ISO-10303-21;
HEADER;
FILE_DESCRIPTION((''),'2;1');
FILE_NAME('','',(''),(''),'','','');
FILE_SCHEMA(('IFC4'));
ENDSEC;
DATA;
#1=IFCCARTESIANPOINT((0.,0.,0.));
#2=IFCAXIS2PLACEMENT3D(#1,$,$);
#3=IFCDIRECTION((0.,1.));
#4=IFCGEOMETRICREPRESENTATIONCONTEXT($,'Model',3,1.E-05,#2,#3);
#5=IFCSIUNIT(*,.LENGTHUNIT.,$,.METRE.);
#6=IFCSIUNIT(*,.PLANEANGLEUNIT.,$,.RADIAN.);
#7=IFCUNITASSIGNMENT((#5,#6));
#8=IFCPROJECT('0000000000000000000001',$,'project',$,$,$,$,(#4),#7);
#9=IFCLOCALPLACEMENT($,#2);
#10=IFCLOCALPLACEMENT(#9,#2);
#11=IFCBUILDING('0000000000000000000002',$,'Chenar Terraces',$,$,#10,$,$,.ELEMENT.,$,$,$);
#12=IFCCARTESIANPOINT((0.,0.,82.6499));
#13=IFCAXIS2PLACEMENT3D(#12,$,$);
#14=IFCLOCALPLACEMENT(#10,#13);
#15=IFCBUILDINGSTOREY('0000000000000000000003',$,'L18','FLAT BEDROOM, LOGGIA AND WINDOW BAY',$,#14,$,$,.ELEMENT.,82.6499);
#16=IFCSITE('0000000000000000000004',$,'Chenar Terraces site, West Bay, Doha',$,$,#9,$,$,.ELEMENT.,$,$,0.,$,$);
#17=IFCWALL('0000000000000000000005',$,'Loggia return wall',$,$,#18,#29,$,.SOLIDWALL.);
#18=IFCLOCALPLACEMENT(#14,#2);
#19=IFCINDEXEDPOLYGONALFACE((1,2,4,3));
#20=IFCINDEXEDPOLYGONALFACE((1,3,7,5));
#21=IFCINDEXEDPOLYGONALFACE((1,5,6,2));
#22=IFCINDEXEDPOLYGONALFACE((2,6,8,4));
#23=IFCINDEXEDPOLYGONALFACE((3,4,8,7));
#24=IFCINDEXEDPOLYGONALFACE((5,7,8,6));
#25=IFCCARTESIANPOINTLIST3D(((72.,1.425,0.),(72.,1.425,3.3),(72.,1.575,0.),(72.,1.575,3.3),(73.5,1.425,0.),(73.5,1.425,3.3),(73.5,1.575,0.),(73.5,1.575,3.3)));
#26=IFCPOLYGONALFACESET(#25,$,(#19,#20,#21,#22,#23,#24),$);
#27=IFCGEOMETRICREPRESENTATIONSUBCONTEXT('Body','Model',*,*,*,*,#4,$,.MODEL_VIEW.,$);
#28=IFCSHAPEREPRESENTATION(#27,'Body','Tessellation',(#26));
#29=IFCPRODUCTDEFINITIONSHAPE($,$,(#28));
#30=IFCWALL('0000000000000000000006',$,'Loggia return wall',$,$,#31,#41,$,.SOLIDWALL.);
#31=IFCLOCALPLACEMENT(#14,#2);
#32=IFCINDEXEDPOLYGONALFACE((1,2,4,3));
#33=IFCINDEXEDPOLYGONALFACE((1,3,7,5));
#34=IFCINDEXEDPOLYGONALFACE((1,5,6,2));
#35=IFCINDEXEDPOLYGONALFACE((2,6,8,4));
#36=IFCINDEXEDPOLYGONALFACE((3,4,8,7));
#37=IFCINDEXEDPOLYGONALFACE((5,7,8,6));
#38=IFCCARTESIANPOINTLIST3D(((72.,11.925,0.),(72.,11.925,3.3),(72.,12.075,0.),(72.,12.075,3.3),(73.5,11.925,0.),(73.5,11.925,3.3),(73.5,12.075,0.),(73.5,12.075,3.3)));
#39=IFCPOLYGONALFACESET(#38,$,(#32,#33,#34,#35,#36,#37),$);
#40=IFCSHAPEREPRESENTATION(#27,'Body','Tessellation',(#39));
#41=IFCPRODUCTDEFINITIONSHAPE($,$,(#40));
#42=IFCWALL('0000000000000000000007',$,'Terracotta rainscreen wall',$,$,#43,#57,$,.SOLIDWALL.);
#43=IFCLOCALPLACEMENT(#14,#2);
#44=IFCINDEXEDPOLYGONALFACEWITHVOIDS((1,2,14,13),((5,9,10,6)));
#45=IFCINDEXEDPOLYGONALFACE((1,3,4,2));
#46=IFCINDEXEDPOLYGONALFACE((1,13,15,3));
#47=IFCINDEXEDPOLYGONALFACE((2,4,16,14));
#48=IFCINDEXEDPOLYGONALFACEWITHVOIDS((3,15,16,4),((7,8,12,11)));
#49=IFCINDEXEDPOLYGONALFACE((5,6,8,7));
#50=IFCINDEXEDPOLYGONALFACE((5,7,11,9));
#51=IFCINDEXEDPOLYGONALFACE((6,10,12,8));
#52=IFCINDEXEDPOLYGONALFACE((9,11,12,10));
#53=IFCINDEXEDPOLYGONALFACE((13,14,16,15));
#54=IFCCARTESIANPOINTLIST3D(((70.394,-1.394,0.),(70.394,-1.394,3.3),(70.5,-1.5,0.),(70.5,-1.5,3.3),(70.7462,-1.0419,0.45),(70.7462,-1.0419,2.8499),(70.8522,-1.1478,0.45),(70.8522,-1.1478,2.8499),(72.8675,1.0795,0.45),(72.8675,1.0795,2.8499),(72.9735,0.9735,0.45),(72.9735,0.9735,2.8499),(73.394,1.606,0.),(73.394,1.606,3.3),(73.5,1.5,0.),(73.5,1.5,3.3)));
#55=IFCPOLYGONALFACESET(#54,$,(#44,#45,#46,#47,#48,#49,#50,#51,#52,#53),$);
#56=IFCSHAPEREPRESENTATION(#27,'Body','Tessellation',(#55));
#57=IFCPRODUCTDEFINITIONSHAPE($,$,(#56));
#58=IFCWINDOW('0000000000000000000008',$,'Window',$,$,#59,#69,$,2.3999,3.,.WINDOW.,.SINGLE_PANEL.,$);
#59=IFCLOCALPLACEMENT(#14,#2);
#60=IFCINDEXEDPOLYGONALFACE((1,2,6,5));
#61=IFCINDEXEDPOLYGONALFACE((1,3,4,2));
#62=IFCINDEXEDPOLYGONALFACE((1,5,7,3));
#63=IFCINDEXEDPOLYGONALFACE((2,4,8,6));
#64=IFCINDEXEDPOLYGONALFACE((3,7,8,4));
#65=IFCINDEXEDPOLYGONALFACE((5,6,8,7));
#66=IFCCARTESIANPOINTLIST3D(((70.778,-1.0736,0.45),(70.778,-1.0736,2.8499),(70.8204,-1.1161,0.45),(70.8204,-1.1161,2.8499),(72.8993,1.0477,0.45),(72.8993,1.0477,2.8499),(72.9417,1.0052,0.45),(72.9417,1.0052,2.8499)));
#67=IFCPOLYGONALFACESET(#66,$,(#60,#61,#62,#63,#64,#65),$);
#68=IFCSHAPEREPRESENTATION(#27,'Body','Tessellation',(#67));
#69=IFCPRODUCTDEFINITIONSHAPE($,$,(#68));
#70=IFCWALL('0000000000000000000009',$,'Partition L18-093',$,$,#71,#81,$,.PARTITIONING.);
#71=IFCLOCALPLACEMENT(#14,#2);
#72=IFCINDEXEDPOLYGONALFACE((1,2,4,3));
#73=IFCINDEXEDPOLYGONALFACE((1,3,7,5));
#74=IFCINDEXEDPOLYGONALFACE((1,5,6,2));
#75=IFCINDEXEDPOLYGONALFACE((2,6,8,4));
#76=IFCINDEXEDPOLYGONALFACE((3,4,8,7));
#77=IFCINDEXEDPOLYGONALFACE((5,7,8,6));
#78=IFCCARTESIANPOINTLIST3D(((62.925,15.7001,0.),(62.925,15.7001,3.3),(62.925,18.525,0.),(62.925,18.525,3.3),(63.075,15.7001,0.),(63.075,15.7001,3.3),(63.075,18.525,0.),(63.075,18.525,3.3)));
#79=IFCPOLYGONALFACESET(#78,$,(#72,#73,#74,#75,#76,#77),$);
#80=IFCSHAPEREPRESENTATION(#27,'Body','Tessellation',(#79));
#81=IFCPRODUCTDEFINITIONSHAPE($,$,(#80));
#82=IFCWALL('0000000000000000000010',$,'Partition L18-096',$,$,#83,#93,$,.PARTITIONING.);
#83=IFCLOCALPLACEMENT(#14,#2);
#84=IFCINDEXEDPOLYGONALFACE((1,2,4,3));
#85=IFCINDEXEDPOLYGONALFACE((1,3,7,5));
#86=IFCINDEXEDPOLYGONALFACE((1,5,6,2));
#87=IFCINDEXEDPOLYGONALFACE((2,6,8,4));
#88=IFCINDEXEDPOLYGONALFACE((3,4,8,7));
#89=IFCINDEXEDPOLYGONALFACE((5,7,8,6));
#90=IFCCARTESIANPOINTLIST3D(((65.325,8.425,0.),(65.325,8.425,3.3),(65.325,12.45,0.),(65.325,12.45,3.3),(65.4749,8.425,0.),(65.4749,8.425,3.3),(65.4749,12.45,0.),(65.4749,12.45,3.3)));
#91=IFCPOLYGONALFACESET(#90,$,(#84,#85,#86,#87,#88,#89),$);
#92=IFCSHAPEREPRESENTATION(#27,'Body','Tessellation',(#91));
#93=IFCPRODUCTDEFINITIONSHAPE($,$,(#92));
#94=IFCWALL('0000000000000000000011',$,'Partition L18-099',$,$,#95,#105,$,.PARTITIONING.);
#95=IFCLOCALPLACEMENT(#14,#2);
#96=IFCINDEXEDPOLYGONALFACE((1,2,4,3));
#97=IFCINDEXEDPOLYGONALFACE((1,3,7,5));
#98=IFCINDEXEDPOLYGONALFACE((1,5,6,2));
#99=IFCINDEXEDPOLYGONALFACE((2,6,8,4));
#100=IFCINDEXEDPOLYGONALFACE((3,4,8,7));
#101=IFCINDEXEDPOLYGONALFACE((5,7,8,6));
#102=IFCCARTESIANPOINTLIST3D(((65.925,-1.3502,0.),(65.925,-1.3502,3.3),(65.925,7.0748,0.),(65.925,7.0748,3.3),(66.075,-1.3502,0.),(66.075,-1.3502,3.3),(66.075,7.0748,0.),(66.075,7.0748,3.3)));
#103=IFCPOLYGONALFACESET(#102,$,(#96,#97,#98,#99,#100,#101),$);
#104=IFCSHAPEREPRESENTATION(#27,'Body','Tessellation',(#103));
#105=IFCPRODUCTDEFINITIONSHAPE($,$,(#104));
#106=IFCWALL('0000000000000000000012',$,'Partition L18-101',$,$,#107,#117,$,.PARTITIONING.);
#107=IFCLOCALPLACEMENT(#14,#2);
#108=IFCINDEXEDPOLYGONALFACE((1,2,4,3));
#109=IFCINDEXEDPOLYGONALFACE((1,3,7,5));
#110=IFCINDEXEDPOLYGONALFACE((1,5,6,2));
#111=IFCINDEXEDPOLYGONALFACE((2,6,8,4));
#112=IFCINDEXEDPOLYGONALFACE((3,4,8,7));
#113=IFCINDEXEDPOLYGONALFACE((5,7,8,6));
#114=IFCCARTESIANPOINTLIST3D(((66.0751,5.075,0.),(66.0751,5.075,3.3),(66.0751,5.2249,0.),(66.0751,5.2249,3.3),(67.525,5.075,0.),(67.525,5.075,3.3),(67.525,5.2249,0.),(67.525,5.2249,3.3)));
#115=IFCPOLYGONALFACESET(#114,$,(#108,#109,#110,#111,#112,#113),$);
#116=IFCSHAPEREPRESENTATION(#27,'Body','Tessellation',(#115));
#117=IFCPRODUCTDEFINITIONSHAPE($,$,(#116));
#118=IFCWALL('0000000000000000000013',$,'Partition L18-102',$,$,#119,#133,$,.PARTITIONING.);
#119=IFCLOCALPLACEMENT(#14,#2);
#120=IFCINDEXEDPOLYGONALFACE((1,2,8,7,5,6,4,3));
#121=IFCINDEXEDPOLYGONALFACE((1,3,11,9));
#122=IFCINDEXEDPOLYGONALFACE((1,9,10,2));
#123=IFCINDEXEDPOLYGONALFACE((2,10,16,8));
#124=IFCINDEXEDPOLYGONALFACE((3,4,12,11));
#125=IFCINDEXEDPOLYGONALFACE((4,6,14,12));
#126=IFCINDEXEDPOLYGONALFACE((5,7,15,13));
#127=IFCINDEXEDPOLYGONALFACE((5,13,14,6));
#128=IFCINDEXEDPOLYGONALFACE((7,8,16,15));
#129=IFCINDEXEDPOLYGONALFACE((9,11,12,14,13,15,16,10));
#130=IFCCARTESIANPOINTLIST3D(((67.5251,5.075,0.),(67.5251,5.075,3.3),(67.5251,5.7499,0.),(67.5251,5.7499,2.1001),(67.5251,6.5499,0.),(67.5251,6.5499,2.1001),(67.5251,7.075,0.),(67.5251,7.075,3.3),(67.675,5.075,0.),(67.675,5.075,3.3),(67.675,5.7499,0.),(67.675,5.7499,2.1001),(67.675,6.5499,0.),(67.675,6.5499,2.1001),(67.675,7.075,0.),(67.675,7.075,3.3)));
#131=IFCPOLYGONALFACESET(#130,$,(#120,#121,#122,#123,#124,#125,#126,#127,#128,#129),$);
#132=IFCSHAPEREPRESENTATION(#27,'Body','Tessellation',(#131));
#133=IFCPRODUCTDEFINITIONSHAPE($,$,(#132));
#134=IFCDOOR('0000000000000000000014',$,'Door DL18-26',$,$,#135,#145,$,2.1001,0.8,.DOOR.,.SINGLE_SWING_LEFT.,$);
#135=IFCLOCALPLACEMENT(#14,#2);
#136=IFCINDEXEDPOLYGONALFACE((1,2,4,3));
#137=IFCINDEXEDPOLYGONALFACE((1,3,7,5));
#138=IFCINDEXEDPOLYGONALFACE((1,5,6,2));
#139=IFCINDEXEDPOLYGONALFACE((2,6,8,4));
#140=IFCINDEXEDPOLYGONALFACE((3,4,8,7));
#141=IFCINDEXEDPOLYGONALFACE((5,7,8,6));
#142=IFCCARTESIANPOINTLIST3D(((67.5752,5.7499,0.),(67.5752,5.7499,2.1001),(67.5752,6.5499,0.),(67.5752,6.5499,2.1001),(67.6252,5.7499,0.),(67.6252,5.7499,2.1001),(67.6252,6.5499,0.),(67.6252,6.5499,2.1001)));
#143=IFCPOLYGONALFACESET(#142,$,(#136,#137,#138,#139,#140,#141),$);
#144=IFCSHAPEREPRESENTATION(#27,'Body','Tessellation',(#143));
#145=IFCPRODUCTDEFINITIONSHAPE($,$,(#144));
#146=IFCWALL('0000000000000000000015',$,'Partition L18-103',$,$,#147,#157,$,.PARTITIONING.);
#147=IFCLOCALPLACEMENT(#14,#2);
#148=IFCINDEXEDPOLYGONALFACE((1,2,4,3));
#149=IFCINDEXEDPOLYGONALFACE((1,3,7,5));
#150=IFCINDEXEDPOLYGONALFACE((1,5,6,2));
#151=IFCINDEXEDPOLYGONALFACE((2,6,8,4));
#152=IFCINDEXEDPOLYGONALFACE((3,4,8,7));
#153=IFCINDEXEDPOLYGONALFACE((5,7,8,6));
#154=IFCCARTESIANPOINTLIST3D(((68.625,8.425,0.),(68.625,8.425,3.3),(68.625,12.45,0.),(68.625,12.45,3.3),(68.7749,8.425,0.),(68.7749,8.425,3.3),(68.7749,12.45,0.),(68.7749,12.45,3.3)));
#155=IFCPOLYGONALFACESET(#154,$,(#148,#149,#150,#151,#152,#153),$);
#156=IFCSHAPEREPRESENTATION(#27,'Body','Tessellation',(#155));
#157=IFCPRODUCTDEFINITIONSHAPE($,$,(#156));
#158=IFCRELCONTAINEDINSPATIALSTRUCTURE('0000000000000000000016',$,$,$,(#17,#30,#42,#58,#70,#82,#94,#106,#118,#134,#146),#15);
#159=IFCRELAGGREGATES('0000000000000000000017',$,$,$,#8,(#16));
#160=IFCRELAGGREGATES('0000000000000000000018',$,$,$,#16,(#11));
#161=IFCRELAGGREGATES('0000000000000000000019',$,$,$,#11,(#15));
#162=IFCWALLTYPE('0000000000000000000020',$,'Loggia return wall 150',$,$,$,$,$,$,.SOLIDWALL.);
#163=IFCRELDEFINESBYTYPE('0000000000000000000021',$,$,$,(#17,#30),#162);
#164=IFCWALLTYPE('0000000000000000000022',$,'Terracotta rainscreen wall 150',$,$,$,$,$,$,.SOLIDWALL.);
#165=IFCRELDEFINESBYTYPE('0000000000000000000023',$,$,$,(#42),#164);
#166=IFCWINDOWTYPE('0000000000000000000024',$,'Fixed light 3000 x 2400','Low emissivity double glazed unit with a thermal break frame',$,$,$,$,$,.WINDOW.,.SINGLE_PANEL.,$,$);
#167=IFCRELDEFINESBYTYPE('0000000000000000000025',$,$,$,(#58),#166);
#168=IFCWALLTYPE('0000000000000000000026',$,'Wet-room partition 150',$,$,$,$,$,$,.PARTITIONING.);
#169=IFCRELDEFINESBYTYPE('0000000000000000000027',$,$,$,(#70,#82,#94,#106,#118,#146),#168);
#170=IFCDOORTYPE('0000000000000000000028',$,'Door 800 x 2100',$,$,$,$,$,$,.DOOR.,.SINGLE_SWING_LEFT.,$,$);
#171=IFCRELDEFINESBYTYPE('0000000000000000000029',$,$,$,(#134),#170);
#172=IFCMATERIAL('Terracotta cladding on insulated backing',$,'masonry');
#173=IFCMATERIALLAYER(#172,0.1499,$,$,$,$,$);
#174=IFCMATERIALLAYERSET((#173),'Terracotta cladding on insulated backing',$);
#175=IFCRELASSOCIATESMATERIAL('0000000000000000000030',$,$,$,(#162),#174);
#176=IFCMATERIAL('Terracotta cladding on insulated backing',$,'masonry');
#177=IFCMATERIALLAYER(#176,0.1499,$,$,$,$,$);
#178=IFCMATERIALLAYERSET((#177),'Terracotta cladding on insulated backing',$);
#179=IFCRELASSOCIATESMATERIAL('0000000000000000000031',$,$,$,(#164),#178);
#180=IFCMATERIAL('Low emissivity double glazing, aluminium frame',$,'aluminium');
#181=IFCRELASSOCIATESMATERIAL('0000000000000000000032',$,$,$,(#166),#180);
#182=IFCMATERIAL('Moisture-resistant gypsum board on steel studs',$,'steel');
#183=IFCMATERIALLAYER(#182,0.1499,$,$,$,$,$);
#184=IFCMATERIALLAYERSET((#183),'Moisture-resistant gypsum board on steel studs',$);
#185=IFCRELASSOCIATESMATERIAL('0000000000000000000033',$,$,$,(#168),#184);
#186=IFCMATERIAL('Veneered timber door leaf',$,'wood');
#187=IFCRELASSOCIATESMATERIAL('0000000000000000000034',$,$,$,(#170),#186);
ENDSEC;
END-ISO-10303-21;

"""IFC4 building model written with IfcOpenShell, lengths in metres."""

from ifc_helpers import new_model, si_unit, direction, frame, frame_2d, origin, place, context, subcontext, project, spatial, rectangle, extrude, material, layer, layer_set, type_object, element, fill, save


model = new_model("IFC4")

# Units and contexts
model_context = context("Model", 3, precision=1e-05, world=origin(), true_north=direction((0.0, 1.0)))
body_context = subcontext(model_context, "Body", "Model", "MODEL_VIEW")
ifc_project = project(units=[si_unit("LENGTHUNIT", "METRE"), si_unit("PLANEANGLEUNIT", "RADIAN")], contexts=[model_context])

# Site, building, storey
site_placement = place(None, origin())
site = spatial("IfcSite", under=ifc_project, at=site_placement, Name="Chenar Terraces site, West Bay, Doha", CompositionType="ELEMENT", RefElevation=0.0)
building_placement = place(site_placement, origin())
building = spatial("IfcBuilding", under=site, at=building_placement, Name="Chenar Terraces", CompositionType="ELEMENT")
storey_placement = place(building_placement, frame((0.0, 0.0, 82.6499)))
storey = spatial("IfcBuildingStorey", under=building, at=storey_placement, Name="L18", Description="FLAT BEDROOM, LOGGIA AND WINDOW BAY", CompositionType="ELEMENT", Elevation=82.6499)

# Walls
ifc_material_1 = material(Name="Terracotta cladding on insulated backing", Category="masonry")
ifc_layer_1 = layer(ifc_material_1, 0.1499)
ifc_layer_set_1 = layer_set([ifc_layer_1], Name="Terracotta cladding on insulated backing")
wall_type_1 = type_object("IfcWallType", Name="Loggia return wall 150", PredefinedType="SOLIDWALL", material=ifc_layer_set_1)
for number, where, z_axis, x_axis, name in (
    (1, (73.5, 1.5, 0.0), (0.0, 0.0, 1.0), (-1.0, 0.0, 0.0), "Loggia return wall"),
    (2, (73.5, 12.0, 0.0), (0.0, 0.0, 1.0), (-1.0, 0.0, 0.0), "Loggia return wall"),
):
    element("IfcWall", number, at=place(storey_placement, frame(where, z_axis=z_axis, x_axis=x_axis)), inside=storey, type_object=wall_type_1, Name=name, PredefinedType="SOLIDWALL", context=body_context, shape_type="SweptSolid", body=[
        extrude(rectangle(XDim=1.5, YDim=0.1499, at=frame_2d((0.75, 0.0))), origin(), (0.0, 0.0, 1.0), 3.3),
    ])

# Wall, opening, window
ifc_material_2 = material(Name="Terracotta cladding on insulated backing", Category="masonry")
ifc_layer_2 = layer(ifc_material_2, 0.1499)
ifc_layer_set_2 = layer_set([ifc_layer_2], Name="Terracotta cladding on insulated backing")
wall_type_2 = type_object("IfcWallType", Name="Terracotta rainscreen wall 150", PredefinedType="SOLIDWALL", material=ifc_layer_set_2)
wall_1_placement = place(storey_placement, frame((70.447, -1.447, 0.0), z_axis=(0.0, 0.0, 1.0), x_axis=(0.707107, 0.707107, 0.0)))
wall_1 = element("IfcWall", 3, at=wall_1_placement, inside=storey, type_object=wall_type_2, Name="Terracotta rainscreen wall", PredefinedType="SOLIDWALL", context=body_context, shape_type="SweptSolid", body=[
    extrude(rectangle(XDim=4.2427, YDim=0.1499, at=frame_2d((2.1213, 0.0))), origin(), (0.0, 0.0, 1.0), 3.3),
])
opening_1_placement = place(wall_1_placement, frame((0.498, 0.0, 0.45)))
opening_1 = element("IfcOpeningElement", 4, at=opening_1_placement, cuts=wall_1, PredefinedType="OPENING", context=body_context, shape_type="SweptSolid", body=[
    extrude(rectangle(XDim=3.0, YDim=2.3999, at=frame_2d((1.5, 1.2))), frame((0.0, 0.085, 0.0), z_axis=(0.0, -1.0, 0.0), x_axis=(1.0, 0.0, 0.0)), (0.0, 0.0, 1.0), 0.1699),
])
ifc_material_3 = material(Name="Low emissivity double glazing, aluminium frame", Category="aluminium")
window_type_1 = type_object("IfcWindowType", Name="Fixed light 3000 x 2400", Description="Low emissivity double glazed unit with a thermal break frame", PartitioningType="SINGLE_PANEL", PredefinedType="WINDOW", material=ifc_material_3)
window_1_placement = place(opening_1_placement, origin())
window_1 = element("IfcWindow", 5, at=window_1_placement, inside=storey, type_object=window_type_1, Name="Window", OverallHeight=2.3999, OverallWidth=3.0, PartitioningType="SINGLE_PANEL", PredefinedType="WINDOW", context=body_context, shape_type="SweptSolid", body=[
    extrude(rectangle(XDim=3.0, YDim=2.3999, at=frame_2d((1.5, 1.2))), frame((0.0, 0.03, 0.0), z_axis=(0.0, -1.0, 0.0), x_axis=(1.0, 0.0, 0.0)), (0.0, 0.0, 1.0), 0.0601),
])
fill(opening_1, window_1)

# Walls
ifc_material_4 = material(Name="Moisture-resistant gypsum board on steel studs", Category="steel")
ifc_layer_3 = layer(ifc_material_4, 0.1499)
ifc_layer_set_3 = layer_set([ifc_layer_3], Name="Moisture-resistant gypsum board on steel studs")
wall_type_3 = type_object("IfcWallType", Name="Wet-room partition 150", PredefinedType="PARTITIONING", material=ifc_layer_set_3)
wall_2_placement = place(storey_placement, frame((63.0, 15.7, 0.0), z_axis=(0.0, 0.0, 1.0), x_axis=(0.0, 1.0, 0.0)))
element("IfcWall", 6, at=wall_2_placement, inside=storey, type_object=wall_type_3, Name="Partition L18-093", PredefinedType="PARTITIONING", context=body_context, shape_type="SweptSolid", body=[
    extrude(rectangle(XDim=2.825, YDim=0.1499, at=frame_2d((1.4126, 0.0))), origin(), (0.0, 0.0, 1.0), 3.3),
])
wall_3_placement = place(storey_placement, frame((65.3999, 8.425, 0.0), z_axis=(0.0, 0.0, 1.0), x_axis=(0.0, 1.0, 0.0)))
element("IfcWall", 7, at=wall_3_placement, inside=storey, type_object=wall_type_3, Name="Partition L18-096", PredefinedType="PARTITIONING", context=body_context, shape_type="SweptSolid", body=[
    extrude(rectangle(XDim=4.0249, YDim=0.1499, at=frame_2d((2.0125, 0.0))), origin(), (0.0, 0.0, 1.0), 3.3),
])
wall_4_placement = place(storey_placement, frame((66.0, -1.3501, 0.0), z_axis=(0.0, 0.0, 1.0), x_axis=(0.0, 1.0, 0.0)))
element("IfcWall", 8, at=wall_4_placement, inside=storey, type_object=wall_type_3, Name="Partition L18-099", PredefinedType="PARTITIONING", context=body_context, shape_type="SweptSolid", body=[
    extrude(rectangle(XDim=8.425, YDim=0.1499, at=frame_2d((4.2124, 0.0))), origin(), (0.0, 0.0, 1.0), 3.3),
])
wall_5_placement = place(storey_placement, frame((66.075, 5.1499, 0.0), z_axis=(0.0, 0.0, 1.0), x_axis=(1.0, 0.0, 0.0)))
element("IfcWall", 9, at=wall_5_placement, inside=storey, type_object=wall_type_3, Name="Partition L18-101", PredefinedType="PARTITIONING", context=body_context, shape_type="SweptSolid", body=[
    extrude(rectangle(XDim=1.45, YDim=0.1499, at=frame_2d((0.7251, 0.0))), origin(), (0.0, 0.0, 1.0), 3.3),
])

# Wall, opening, door
wall_6_placement = place(storey_placement, frame((67.6001, 5.075, 0.0), z_axis=(0.0, 0.0, 1.0), x_axis=(0.0, 1.0, 0.0)))
wall_6 = element("IfcWall", 10, at=wall_6_placement, inside=storey, type_object=wall_type_3, Name="Partition L18-102", PredefinedType="PARTITIONING", context=body_context, shape_type="SweptSolid", body=[
    extrude(rectangle(XDim=2.0, YDim=0.1499, at=frame_2d((1.0, 0.0))), origin(), (0.0, 0.0, 1.0), 3.3),
])
opening_2_placement = place(wall_6_placement, frame((0.675, 0.0, 0.0)))
opening_2 = element("IfcOpeningElement", 11, at=opening_2_placement, cuts=wall_6, PredefinedType="OPENING", context=body_context, shape_type="SweptSolid", body=[
    extrude(rectangle(XDim=0.8, YDim=2.1001, at=frame_2d((0.3999, 1.05))), frame((0.0, 0.085, 0.0), z_axis=(0.0, -1.0, 0.0), x_axis=(1.0, 0.0, 0.0)), (0.0, 0.0, 1.0), 0.1699),
])
ifc_material_5 = material(Name="Veneered timber door leaf", Category="wood")
door_type_1 = type_object("IfcDoorType", Name="Door 800 x 2100", OperationType="SINGLE_SWING_LEFT", PredefinedType="DOOR", material=ifc_material_5)
door_1_placement = place(opening_2_placement, origin())
door_1 = element("IfcDoor", 12, at=door_1_placement, inside=storey, type_object=door_type_1, Name="Door DL18-26", OperationType="SINGLE_SWING_LEFT", OverallHeight=2.1001, OverallWidth=0.8, PredefinedType="DOOR", context=body_context, shape_type="SweptSolid", body=[
    extrude(rectangle(XDim=0.8, YDim=2.1001, at=frame_2d((0.3999, 1.05))), frame((0.0, 0.0249, 0.0), z_axis=(0.0, -1.0, 0.0), x_axis=(1.0, 0.0, 0.0)), (0.0, 0.0, 1.0), 0.05),
])
fill(opening_2, door_1)

# Wall
wall_7_placement = place(storey_placement, frame((68.7, 8.425, 0.0), z_axis=(0.0, 0.0, 1.0), x_axis=(0.0, 1.0, 0.0)))
element("IfcWall", 13, at=wall_7_placement, inside=storey, type_object=wall_type_3, Name="Partition L18-103", PredefinedType="PARTITIONING", context=body_context, shape_type="SweptSolid", body=[
    extrude(rectangle(XDim=4.0249, YDim=0.1499, at=frame_2d((2.0125, 0.0))), origin(), (0.0, 0.0, 1.0), 3.3),
])

save(model, "model.ifc")
